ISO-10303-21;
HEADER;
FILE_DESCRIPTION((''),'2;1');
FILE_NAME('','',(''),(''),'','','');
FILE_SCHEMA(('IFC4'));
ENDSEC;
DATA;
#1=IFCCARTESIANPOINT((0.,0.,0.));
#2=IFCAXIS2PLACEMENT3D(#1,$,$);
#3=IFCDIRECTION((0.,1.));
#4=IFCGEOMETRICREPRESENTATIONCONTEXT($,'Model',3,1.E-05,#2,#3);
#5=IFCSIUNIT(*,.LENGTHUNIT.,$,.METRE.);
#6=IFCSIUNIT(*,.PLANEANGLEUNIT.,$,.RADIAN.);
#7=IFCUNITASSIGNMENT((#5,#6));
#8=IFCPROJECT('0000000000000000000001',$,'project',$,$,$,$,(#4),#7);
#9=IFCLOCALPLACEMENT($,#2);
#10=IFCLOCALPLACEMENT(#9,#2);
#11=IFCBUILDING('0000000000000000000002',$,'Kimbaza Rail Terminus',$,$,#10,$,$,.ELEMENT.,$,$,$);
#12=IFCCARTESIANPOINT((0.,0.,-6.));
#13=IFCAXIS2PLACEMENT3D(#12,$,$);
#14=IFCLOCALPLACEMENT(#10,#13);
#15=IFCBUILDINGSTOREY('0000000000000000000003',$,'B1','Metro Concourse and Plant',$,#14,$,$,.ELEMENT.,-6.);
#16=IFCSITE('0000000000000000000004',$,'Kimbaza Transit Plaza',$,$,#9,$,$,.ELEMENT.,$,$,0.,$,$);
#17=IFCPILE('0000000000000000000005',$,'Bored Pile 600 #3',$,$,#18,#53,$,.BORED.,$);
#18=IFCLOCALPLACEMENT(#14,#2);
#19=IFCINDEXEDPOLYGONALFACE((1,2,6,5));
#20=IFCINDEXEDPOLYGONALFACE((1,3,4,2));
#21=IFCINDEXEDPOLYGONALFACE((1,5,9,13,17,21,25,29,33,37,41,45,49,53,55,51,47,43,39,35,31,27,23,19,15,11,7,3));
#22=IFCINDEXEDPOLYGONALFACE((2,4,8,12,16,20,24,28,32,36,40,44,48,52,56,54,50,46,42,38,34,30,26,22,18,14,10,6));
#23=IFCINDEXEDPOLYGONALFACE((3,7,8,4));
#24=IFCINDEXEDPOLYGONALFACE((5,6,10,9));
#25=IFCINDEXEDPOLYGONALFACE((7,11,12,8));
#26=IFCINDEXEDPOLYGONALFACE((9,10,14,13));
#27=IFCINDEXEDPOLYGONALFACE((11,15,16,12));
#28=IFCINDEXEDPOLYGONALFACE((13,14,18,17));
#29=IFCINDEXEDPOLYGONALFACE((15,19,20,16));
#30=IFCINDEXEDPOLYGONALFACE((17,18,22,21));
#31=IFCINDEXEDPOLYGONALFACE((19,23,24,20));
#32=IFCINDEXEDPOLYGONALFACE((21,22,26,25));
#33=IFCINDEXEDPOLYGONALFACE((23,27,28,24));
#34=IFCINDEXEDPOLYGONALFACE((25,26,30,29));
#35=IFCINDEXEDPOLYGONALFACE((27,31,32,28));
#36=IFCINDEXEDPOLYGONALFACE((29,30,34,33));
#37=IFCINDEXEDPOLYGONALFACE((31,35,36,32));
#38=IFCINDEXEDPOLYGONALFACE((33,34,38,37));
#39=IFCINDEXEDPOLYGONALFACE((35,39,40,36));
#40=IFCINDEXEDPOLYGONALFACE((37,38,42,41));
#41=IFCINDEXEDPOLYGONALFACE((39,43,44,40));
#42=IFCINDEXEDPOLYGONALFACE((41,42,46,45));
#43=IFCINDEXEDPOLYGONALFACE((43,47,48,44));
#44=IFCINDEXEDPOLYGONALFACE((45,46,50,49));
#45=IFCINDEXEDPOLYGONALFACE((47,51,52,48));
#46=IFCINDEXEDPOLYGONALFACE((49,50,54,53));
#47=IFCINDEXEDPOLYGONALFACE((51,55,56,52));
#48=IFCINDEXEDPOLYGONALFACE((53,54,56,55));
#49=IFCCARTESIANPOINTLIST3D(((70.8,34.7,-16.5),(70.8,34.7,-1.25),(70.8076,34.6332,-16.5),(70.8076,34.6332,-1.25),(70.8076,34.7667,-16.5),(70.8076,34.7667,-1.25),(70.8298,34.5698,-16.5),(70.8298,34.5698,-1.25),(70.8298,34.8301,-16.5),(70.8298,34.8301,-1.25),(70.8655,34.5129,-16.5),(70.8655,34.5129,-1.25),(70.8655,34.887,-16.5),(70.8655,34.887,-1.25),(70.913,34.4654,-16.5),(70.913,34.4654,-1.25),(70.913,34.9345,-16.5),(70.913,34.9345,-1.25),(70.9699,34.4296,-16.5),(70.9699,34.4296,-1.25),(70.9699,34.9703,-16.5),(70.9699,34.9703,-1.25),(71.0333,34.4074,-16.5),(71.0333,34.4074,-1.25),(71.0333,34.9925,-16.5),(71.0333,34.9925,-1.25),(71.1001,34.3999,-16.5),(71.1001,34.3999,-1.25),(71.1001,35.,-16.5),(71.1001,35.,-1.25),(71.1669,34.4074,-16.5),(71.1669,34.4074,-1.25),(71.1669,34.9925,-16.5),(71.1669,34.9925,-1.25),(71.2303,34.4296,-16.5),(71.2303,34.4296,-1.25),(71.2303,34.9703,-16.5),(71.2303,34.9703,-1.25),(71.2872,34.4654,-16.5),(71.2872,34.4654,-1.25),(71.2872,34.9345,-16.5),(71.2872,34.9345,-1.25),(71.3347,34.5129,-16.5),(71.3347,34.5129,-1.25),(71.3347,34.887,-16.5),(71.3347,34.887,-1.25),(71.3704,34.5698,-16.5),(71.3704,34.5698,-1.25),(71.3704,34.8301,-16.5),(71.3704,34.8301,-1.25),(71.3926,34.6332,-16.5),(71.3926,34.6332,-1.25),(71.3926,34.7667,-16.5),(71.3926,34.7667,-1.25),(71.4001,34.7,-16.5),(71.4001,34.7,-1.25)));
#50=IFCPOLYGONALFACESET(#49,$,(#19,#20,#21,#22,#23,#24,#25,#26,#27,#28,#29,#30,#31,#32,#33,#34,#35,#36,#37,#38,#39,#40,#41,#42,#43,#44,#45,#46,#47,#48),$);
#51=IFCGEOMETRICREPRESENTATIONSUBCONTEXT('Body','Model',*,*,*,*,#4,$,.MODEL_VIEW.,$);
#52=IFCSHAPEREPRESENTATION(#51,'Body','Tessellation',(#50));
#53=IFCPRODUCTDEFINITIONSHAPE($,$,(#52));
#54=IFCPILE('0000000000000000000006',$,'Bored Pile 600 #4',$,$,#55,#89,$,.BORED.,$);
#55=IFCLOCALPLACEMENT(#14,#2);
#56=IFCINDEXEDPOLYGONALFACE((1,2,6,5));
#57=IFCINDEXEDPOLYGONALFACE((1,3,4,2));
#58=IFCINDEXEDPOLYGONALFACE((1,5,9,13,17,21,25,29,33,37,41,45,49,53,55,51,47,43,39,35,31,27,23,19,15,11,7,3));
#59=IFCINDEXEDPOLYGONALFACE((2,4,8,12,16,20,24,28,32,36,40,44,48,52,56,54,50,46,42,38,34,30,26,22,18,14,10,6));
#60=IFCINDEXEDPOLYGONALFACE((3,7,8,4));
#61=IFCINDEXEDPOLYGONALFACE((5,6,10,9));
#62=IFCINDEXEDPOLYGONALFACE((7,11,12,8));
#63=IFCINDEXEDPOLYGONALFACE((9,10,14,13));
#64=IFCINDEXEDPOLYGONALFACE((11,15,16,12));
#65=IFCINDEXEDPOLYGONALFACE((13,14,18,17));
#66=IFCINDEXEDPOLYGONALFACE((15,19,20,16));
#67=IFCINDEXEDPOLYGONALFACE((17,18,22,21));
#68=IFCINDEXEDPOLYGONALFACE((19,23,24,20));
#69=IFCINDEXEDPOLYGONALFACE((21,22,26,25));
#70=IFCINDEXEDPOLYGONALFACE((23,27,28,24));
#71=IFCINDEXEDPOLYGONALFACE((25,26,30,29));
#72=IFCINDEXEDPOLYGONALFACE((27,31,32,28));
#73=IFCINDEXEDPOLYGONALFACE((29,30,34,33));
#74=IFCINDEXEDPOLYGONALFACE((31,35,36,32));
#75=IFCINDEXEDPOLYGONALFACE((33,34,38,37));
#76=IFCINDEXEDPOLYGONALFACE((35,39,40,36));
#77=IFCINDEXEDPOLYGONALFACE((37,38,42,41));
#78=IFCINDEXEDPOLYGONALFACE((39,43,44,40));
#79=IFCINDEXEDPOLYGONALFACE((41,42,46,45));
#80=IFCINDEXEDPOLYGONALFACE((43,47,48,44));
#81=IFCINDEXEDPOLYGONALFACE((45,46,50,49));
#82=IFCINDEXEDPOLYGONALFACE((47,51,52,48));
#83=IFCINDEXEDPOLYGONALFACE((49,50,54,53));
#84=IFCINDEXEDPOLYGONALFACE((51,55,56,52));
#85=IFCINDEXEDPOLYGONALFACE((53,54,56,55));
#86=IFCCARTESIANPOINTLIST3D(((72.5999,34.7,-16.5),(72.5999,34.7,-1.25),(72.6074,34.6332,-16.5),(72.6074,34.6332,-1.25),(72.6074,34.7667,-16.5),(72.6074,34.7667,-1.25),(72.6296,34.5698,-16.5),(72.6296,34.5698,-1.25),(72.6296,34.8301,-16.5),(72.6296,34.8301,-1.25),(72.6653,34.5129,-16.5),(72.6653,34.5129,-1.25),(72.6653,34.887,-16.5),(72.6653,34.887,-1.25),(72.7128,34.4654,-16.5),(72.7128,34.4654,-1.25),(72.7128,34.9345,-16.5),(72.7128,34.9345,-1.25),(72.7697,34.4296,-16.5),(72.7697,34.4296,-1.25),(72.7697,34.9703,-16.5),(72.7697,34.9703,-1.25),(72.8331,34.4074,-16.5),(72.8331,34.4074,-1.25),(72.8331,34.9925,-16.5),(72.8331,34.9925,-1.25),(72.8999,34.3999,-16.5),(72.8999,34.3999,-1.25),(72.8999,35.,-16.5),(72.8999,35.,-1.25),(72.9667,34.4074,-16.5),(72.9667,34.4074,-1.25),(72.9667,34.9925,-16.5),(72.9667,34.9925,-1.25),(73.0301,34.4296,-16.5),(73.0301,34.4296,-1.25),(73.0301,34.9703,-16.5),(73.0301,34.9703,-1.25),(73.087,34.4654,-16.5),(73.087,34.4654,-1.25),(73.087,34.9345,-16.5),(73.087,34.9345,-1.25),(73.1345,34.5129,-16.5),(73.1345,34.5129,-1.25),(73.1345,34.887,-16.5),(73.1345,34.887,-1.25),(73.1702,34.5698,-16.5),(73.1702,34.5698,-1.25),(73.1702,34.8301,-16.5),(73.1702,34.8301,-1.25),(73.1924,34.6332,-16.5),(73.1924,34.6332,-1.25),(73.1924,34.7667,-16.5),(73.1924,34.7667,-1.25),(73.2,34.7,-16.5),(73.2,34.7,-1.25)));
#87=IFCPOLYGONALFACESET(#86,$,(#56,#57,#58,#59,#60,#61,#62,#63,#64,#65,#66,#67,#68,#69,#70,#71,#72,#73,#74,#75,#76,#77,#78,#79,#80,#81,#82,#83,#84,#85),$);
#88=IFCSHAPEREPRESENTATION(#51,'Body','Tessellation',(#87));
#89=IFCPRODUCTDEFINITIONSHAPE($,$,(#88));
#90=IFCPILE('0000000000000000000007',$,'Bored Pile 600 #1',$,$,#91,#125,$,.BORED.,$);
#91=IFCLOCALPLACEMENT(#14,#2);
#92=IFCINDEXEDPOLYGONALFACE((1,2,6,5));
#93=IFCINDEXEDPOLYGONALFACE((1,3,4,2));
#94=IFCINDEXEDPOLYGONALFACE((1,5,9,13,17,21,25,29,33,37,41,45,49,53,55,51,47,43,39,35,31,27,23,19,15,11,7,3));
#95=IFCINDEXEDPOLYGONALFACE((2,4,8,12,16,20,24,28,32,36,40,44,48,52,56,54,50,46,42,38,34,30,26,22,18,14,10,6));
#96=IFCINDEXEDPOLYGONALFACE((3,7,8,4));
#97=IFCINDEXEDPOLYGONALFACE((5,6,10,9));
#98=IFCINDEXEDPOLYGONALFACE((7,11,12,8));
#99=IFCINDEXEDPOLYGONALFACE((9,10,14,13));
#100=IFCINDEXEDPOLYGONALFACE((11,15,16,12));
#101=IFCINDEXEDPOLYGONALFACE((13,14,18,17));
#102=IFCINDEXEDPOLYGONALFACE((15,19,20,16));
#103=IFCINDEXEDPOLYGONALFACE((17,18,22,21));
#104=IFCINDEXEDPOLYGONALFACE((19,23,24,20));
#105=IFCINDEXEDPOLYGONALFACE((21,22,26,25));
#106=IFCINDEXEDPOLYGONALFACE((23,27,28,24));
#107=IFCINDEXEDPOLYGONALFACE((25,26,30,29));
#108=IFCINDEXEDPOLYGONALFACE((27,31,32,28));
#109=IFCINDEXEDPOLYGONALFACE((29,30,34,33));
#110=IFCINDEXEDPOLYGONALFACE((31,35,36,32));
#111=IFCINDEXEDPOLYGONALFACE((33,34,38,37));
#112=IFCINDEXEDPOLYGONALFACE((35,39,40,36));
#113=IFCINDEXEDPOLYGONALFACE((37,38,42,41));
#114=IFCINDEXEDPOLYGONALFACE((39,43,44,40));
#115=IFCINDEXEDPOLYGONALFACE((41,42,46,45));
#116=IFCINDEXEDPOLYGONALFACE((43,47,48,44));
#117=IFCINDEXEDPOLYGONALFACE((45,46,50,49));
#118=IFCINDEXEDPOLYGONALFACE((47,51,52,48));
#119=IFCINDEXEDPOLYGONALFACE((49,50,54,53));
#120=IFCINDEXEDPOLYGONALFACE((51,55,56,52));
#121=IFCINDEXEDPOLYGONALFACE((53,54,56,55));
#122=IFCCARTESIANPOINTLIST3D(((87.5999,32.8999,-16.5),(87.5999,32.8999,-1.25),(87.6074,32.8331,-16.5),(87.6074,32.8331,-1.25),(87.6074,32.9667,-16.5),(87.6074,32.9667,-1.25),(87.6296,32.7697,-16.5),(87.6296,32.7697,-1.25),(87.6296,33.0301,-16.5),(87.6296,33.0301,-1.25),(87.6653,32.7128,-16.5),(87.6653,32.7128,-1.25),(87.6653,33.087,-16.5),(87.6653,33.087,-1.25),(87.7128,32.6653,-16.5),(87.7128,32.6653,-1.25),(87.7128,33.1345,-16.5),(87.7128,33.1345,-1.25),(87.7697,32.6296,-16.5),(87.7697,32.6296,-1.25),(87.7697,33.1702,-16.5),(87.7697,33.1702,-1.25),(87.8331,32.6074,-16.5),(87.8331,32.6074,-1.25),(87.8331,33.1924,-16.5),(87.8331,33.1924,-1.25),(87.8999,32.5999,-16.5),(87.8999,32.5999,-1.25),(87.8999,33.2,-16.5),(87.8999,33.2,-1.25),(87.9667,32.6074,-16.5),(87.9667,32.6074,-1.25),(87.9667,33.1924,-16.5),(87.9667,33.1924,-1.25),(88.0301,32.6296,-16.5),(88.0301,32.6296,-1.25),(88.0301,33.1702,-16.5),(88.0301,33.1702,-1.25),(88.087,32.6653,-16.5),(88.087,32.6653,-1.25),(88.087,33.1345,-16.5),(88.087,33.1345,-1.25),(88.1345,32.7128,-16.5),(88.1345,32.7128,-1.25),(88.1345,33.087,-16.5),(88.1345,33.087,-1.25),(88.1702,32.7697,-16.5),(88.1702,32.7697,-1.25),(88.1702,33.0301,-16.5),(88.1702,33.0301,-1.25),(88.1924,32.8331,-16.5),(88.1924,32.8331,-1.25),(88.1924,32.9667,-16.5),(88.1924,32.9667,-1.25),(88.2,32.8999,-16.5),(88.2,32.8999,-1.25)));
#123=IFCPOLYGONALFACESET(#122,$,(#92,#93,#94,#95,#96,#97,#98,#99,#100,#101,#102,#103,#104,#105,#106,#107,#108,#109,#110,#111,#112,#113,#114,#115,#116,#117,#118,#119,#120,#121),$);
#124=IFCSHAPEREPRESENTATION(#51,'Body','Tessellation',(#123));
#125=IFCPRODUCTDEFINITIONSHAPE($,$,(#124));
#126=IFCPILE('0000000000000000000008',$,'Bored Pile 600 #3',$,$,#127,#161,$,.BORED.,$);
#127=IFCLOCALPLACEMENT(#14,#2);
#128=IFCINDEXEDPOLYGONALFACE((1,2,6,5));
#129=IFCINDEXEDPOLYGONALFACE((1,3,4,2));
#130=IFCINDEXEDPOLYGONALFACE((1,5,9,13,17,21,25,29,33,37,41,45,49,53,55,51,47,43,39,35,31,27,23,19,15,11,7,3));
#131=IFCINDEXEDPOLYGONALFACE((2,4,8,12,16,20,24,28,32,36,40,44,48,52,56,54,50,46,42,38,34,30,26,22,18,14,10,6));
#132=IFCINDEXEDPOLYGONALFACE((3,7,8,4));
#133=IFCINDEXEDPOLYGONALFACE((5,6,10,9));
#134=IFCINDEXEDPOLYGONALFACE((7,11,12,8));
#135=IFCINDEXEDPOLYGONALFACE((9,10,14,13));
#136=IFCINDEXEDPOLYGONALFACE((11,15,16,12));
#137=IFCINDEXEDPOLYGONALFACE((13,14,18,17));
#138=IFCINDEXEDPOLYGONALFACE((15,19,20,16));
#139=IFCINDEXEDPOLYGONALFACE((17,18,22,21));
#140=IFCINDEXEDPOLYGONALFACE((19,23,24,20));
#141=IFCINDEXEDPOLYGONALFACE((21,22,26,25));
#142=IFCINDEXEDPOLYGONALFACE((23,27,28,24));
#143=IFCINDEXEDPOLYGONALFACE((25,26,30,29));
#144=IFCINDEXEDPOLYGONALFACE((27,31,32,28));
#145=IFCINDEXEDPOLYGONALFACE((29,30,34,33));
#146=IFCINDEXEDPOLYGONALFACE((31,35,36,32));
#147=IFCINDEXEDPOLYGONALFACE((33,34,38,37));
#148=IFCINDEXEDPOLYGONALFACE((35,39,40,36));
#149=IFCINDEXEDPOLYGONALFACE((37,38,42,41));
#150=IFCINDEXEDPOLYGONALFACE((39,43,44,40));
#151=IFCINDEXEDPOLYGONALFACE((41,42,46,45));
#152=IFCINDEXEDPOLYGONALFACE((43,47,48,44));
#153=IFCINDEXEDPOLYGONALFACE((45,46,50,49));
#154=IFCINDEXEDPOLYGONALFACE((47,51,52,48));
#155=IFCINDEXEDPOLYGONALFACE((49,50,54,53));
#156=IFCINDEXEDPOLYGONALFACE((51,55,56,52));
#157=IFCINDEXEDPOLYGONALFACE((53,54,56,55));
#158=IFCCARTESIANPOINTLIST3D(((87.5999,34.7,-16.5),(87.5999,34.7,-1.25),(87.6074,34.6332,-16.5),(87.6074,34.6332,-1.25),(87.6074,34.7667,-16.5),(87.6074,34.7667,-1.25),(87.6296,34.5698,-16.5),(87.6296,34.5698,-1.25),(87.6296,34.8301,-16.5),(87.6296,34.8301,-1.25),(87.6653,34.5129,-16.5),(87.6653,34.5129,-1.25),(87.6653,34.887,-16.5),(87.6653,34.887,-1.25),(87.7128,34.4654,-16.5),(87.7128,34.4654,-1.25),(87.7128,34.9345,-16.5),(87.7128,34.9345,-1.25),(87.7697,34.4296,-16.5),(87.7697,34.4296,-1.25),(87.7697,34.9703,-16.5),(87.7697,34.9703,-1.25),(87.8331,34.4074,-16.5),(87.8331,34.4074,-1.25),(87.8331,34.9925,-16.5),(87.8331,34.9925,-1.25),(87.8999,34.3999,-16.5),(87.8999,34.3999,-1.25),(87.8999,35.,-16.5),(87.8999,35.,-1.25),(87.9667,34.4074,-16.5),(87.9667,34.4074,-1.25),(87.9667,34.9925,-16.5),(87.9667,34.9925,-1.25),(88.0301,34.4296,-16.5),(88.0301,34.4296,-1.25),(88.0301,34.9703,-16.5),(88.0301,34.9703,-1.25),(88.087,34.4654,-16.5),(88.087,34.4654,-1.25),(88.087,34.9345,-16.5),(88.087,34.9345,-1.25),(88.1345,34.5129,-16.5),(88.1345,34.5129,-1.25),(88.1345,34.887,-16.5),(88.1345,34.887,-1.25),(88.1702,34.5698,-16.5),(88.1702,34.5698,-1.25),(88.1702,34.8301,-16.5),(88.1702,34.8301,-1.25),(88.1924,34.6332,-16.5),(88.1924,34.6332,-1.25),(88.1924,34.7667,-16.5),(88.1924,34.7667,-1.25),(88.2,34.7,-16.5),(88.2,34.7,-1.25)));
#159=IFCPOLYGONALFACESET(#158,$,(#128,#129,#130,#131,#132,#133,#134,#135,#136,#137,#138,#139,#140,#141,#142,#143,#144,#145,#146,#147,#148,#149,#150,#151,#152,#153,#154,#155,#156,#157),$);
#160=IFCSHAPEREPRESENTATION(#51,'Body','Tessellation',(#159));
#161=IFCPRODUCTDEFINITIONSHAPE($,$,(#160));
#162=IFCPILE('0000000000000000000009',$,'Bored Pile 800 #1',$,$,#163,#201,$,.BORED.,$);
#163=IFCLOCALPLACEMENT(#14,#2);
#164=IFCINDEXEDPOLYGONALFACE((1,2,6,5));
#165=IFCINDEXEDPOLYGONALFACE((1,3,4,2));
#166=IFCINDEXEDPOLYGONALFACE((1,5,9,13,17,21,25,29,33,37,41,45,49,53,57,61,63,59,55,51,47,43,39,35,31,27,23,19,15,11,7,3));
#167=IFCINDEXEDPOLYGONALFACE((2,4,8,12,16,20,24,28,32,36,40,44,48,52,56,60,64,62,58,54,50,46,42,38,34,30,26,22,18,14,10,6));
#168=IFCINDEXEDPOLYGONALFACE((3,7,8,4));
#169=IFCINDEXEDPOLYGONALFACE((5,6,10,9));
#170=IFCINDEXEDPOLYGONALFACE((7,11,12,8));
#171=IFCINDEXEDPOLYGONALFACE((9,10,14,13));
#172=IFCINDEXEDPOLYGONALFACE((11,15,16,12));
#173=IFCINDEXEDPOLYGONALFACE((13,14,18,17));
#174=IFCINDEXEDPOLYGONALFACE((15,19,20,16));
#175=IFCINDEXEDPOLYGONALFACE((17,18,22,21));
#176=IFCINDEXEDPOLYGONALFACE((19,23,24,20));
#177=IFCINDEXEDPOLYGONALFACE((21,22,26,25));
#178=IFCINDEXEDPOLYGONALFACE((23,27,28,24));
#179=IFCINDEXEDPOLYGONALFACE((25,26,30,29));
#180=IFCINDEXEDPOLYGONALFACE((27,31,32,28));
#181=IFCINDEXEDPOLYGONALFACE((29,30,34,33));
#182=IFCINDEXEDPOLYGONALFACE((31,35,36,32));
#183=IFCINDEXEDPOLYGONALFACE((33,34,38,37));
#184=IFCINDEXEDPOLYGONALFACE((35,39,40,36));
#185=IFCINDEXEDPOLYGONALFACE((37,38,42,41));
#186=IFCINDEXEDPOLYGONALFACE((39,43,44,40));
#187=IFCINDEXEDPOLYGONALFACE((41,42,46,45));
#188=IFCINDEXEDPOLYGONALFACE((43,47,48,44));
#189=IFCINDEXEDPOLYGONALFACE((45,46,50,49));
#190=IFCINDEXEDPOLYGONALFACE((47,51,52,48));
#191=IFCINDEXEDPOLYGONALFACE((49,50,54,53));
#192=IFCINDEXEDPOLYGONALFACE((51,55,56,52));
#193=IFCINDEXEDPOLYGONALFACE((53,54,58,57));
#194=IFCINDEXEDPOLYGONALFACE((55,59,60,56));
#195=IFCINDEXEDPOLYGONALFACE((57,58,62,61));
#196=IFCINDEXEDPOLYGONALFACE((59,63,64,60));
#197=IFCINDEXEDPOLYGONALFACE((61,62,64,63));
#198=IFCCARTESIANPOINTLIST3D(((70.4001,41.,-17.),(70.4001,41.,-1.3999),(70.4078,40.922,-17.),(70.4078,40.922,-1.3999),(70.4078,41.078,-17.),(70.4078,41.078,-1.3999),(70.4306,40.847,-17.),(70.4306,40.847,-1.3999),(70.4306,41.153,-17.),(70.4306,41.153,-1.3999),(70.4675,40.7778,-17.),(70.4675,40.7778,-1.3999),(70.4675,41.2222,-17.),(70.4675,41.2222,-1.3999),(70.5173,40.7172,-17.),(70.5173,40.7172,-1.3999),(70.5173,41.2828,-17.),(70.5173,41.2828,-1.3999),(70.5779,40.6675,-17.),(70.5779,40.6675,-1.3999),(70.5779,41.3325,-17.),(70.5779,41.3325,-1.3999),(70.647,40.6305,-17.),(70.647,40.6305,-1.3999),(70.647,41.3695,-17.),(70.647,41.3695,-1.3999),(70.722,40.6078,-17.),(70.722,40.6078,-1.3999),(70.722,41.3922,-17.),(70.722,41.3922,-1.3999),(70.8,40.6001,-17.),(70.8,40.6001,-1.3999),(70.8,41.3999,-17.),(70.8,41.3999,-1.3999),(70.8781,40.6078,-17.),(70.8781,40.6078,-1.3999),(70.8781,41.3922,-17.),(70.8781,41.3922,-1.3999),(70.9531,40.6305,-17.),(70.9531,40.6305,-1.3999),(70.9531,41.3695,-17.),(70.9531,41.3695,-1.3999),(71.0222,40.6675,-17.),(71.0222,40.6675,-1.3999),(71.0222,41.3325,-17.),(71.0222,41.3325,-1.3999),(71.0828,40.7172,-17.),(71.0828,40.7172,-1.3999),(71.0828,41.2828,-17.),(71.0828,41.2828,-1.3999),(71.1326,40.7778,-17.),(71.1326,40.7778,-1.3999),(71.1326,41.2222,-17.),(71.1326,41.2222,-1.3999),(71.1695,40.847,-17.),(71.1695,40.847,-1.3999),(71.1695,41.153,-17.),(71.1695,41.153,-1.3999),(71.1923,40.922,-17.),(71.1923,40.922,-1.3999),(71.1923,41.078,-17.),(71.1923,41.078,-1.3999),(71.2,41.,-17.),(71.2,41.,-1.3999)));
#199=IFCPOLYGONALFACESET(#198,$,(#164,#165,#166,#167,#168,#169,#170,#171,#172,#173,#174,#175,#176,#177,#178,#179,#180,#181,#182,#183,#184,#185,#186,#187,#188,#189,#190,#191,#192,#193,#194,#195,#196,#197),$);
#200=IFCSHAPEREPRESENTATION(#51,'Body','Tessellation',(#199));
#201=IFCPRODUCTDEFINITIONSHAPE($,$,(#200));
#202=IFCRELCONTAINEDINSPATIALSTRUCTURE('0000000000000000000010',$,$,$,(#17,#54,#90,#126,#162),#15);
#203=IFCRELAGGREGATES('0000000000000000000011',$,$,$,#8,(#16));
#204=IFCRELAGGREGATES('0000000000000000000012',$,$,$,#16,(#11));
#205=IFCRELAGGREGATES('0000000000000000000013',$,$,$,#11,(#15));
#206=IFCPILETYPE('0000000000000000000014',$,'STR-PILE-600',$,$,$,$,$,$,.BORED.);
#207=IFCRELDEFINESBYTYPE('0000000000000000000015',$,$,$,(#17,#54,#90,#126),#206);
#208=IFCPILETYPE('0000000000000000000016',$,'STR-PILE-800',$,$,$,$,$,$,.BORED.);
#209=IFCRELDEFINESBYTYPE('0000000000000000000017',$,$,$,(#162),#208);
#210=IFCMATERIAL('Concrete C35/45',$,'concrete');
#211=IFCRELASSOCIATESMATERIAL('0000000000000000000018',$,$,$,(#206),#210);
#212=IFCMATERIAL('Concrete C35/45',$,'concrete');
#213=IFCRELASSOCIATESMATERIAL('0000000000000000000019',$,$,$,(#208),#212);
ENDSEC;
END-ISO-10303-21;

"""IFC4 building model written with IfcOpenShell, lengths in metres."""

from ifc_helpers import new_model, si_unit, direction, frame, origin, origin_2d, place, context, subcontext, project, spatial, circle, extrude, material, material_profile, profile_set, type_object, element, save


model = new_model("IFC4")

# Units and contexts
model_context = context("Model", 3, precision=1e-05, world=origin(), true_north=direction((0.0, 1.0)))
body_context = subcontext(model_context, "Body", "Model", "MODEL_VIEW")
ifc_project = project(units=[si_unit("LENGTHUNIT", "METRE"), si_unit("PLANEANGLEUNIT", "RADIAN")], contexts=[model_context])

# Site, building, storey
site_placement = place(None, origin())
site = spatial("IfcSite", under=ifc_project, at=site_placement, Name="Kimbaza Transit Plaza", CompositionType="ELEMENT", RefElevation=0.0)
building_placement = place(site_placement, origin())
building = spatial("IfcBuilding", under=site, at=building_placement, Name="Kimbaza Rail Terminus", CompositionType="ELEMENT")
storey_placement = place(building_placement, frame((0.0, 0.0, -6.0)))
storey = spatial("IfcBuildingStorey", under=building, at=storey_placement, Name="B1", Description="Metro Concourse and Plant", CompositionType="ELEMENT", Elevation=-6.0)

# Piles
ifc_material_1 = material(Name="Concrete C35/45", Category="concrete")
ifc_material_profile_1 = material_profile(ifc_material_1, circle(Radius=0.3, at=origin_2d()), Name="BORED PILE 600")
ifc_profile_set_1 = profile_set([ifc_material_profile_1], Name="Concrete C35/45")
pile_type_1 = type_object("IfcPileType", Name="STR-PILE-600", PredefinedType="BORED", material=ifc_profile_set_1)
for number, where, z_axis, x_axis, name in (
    (1, (71.1001, 34.7, -1.25), (0.0, 0.0, -1.0), (1.0, 0.0, 0.0), "Bored Pile 600 #3"),
    (2, (72.8999, 34.7, -1.25), (0.0, 0.0, -1.0), (1.0, 0.0, 0.0), "Bored Pile 600 #4"),
    (3, (87.8999, 32.8999, -1.25), (0.0, 0.0, -1.0), (1.0, 0.0, 0.0), "Bored Pile 600 #1"),
    (4, (87.8999, 34.7, -1.25), (0.0, 0.0, -1.0), (1.0, 0.0, 0.0), "Bored Pile 600 #3"),
):
    element("IfcPile", number, at=place(storey_placement, frame(where, z_axis=z_axis, x_axis=x_axis)), inside=storey, type_object=pile_type_1, Name=name, PredefinedType="BORED", context=body_context, shape_type="SweptSolid", body=[
        extrude(circle(Radius=0.3, at=origin_2d()), origin(), (0.0, 0.0, 1.0), 15.25),
    ])
ifc_material_2 = material(Name="Concrete C35/45", Category="concrete")
ifc_material_profile_2 = material_profile(ifc_material_2, circle(Radius=0.3999, at=origin_2d()), Name="BORED PILE 800")
ifc_profile_set_2 = profile_set([ifc_material_profile_2], Name="Concrete C35/45")
pile_type_2 = type_object("IfcPileType", Name="STR-PILE-800", PredefinedType="BORED", material=ifc_profile_set_2)
for number, where, z_axis, x_axis, name in (
    (5, (70.8, 41.0, -1.3999), (0.0, 0.0, -1.0), (1.0, 0.0, 0.0), "Bored Pile 800 #1"),
):
    element("IfcPile", number, at=place(storey_placement, frame(where, z_axis=z_axis, x_axis=x_axis)), inside=storey, type_object=pile_type_2, Name=name, PredefinedType="BORED", context=body_context, shape_type="SweptSolid", body=[
        extrude(circle(Radius=0.3999, at=origin_2d()), origin(), (0.0, 0.0, 1.0), 15.6001),
    ])

save(model, "model.ifc")
